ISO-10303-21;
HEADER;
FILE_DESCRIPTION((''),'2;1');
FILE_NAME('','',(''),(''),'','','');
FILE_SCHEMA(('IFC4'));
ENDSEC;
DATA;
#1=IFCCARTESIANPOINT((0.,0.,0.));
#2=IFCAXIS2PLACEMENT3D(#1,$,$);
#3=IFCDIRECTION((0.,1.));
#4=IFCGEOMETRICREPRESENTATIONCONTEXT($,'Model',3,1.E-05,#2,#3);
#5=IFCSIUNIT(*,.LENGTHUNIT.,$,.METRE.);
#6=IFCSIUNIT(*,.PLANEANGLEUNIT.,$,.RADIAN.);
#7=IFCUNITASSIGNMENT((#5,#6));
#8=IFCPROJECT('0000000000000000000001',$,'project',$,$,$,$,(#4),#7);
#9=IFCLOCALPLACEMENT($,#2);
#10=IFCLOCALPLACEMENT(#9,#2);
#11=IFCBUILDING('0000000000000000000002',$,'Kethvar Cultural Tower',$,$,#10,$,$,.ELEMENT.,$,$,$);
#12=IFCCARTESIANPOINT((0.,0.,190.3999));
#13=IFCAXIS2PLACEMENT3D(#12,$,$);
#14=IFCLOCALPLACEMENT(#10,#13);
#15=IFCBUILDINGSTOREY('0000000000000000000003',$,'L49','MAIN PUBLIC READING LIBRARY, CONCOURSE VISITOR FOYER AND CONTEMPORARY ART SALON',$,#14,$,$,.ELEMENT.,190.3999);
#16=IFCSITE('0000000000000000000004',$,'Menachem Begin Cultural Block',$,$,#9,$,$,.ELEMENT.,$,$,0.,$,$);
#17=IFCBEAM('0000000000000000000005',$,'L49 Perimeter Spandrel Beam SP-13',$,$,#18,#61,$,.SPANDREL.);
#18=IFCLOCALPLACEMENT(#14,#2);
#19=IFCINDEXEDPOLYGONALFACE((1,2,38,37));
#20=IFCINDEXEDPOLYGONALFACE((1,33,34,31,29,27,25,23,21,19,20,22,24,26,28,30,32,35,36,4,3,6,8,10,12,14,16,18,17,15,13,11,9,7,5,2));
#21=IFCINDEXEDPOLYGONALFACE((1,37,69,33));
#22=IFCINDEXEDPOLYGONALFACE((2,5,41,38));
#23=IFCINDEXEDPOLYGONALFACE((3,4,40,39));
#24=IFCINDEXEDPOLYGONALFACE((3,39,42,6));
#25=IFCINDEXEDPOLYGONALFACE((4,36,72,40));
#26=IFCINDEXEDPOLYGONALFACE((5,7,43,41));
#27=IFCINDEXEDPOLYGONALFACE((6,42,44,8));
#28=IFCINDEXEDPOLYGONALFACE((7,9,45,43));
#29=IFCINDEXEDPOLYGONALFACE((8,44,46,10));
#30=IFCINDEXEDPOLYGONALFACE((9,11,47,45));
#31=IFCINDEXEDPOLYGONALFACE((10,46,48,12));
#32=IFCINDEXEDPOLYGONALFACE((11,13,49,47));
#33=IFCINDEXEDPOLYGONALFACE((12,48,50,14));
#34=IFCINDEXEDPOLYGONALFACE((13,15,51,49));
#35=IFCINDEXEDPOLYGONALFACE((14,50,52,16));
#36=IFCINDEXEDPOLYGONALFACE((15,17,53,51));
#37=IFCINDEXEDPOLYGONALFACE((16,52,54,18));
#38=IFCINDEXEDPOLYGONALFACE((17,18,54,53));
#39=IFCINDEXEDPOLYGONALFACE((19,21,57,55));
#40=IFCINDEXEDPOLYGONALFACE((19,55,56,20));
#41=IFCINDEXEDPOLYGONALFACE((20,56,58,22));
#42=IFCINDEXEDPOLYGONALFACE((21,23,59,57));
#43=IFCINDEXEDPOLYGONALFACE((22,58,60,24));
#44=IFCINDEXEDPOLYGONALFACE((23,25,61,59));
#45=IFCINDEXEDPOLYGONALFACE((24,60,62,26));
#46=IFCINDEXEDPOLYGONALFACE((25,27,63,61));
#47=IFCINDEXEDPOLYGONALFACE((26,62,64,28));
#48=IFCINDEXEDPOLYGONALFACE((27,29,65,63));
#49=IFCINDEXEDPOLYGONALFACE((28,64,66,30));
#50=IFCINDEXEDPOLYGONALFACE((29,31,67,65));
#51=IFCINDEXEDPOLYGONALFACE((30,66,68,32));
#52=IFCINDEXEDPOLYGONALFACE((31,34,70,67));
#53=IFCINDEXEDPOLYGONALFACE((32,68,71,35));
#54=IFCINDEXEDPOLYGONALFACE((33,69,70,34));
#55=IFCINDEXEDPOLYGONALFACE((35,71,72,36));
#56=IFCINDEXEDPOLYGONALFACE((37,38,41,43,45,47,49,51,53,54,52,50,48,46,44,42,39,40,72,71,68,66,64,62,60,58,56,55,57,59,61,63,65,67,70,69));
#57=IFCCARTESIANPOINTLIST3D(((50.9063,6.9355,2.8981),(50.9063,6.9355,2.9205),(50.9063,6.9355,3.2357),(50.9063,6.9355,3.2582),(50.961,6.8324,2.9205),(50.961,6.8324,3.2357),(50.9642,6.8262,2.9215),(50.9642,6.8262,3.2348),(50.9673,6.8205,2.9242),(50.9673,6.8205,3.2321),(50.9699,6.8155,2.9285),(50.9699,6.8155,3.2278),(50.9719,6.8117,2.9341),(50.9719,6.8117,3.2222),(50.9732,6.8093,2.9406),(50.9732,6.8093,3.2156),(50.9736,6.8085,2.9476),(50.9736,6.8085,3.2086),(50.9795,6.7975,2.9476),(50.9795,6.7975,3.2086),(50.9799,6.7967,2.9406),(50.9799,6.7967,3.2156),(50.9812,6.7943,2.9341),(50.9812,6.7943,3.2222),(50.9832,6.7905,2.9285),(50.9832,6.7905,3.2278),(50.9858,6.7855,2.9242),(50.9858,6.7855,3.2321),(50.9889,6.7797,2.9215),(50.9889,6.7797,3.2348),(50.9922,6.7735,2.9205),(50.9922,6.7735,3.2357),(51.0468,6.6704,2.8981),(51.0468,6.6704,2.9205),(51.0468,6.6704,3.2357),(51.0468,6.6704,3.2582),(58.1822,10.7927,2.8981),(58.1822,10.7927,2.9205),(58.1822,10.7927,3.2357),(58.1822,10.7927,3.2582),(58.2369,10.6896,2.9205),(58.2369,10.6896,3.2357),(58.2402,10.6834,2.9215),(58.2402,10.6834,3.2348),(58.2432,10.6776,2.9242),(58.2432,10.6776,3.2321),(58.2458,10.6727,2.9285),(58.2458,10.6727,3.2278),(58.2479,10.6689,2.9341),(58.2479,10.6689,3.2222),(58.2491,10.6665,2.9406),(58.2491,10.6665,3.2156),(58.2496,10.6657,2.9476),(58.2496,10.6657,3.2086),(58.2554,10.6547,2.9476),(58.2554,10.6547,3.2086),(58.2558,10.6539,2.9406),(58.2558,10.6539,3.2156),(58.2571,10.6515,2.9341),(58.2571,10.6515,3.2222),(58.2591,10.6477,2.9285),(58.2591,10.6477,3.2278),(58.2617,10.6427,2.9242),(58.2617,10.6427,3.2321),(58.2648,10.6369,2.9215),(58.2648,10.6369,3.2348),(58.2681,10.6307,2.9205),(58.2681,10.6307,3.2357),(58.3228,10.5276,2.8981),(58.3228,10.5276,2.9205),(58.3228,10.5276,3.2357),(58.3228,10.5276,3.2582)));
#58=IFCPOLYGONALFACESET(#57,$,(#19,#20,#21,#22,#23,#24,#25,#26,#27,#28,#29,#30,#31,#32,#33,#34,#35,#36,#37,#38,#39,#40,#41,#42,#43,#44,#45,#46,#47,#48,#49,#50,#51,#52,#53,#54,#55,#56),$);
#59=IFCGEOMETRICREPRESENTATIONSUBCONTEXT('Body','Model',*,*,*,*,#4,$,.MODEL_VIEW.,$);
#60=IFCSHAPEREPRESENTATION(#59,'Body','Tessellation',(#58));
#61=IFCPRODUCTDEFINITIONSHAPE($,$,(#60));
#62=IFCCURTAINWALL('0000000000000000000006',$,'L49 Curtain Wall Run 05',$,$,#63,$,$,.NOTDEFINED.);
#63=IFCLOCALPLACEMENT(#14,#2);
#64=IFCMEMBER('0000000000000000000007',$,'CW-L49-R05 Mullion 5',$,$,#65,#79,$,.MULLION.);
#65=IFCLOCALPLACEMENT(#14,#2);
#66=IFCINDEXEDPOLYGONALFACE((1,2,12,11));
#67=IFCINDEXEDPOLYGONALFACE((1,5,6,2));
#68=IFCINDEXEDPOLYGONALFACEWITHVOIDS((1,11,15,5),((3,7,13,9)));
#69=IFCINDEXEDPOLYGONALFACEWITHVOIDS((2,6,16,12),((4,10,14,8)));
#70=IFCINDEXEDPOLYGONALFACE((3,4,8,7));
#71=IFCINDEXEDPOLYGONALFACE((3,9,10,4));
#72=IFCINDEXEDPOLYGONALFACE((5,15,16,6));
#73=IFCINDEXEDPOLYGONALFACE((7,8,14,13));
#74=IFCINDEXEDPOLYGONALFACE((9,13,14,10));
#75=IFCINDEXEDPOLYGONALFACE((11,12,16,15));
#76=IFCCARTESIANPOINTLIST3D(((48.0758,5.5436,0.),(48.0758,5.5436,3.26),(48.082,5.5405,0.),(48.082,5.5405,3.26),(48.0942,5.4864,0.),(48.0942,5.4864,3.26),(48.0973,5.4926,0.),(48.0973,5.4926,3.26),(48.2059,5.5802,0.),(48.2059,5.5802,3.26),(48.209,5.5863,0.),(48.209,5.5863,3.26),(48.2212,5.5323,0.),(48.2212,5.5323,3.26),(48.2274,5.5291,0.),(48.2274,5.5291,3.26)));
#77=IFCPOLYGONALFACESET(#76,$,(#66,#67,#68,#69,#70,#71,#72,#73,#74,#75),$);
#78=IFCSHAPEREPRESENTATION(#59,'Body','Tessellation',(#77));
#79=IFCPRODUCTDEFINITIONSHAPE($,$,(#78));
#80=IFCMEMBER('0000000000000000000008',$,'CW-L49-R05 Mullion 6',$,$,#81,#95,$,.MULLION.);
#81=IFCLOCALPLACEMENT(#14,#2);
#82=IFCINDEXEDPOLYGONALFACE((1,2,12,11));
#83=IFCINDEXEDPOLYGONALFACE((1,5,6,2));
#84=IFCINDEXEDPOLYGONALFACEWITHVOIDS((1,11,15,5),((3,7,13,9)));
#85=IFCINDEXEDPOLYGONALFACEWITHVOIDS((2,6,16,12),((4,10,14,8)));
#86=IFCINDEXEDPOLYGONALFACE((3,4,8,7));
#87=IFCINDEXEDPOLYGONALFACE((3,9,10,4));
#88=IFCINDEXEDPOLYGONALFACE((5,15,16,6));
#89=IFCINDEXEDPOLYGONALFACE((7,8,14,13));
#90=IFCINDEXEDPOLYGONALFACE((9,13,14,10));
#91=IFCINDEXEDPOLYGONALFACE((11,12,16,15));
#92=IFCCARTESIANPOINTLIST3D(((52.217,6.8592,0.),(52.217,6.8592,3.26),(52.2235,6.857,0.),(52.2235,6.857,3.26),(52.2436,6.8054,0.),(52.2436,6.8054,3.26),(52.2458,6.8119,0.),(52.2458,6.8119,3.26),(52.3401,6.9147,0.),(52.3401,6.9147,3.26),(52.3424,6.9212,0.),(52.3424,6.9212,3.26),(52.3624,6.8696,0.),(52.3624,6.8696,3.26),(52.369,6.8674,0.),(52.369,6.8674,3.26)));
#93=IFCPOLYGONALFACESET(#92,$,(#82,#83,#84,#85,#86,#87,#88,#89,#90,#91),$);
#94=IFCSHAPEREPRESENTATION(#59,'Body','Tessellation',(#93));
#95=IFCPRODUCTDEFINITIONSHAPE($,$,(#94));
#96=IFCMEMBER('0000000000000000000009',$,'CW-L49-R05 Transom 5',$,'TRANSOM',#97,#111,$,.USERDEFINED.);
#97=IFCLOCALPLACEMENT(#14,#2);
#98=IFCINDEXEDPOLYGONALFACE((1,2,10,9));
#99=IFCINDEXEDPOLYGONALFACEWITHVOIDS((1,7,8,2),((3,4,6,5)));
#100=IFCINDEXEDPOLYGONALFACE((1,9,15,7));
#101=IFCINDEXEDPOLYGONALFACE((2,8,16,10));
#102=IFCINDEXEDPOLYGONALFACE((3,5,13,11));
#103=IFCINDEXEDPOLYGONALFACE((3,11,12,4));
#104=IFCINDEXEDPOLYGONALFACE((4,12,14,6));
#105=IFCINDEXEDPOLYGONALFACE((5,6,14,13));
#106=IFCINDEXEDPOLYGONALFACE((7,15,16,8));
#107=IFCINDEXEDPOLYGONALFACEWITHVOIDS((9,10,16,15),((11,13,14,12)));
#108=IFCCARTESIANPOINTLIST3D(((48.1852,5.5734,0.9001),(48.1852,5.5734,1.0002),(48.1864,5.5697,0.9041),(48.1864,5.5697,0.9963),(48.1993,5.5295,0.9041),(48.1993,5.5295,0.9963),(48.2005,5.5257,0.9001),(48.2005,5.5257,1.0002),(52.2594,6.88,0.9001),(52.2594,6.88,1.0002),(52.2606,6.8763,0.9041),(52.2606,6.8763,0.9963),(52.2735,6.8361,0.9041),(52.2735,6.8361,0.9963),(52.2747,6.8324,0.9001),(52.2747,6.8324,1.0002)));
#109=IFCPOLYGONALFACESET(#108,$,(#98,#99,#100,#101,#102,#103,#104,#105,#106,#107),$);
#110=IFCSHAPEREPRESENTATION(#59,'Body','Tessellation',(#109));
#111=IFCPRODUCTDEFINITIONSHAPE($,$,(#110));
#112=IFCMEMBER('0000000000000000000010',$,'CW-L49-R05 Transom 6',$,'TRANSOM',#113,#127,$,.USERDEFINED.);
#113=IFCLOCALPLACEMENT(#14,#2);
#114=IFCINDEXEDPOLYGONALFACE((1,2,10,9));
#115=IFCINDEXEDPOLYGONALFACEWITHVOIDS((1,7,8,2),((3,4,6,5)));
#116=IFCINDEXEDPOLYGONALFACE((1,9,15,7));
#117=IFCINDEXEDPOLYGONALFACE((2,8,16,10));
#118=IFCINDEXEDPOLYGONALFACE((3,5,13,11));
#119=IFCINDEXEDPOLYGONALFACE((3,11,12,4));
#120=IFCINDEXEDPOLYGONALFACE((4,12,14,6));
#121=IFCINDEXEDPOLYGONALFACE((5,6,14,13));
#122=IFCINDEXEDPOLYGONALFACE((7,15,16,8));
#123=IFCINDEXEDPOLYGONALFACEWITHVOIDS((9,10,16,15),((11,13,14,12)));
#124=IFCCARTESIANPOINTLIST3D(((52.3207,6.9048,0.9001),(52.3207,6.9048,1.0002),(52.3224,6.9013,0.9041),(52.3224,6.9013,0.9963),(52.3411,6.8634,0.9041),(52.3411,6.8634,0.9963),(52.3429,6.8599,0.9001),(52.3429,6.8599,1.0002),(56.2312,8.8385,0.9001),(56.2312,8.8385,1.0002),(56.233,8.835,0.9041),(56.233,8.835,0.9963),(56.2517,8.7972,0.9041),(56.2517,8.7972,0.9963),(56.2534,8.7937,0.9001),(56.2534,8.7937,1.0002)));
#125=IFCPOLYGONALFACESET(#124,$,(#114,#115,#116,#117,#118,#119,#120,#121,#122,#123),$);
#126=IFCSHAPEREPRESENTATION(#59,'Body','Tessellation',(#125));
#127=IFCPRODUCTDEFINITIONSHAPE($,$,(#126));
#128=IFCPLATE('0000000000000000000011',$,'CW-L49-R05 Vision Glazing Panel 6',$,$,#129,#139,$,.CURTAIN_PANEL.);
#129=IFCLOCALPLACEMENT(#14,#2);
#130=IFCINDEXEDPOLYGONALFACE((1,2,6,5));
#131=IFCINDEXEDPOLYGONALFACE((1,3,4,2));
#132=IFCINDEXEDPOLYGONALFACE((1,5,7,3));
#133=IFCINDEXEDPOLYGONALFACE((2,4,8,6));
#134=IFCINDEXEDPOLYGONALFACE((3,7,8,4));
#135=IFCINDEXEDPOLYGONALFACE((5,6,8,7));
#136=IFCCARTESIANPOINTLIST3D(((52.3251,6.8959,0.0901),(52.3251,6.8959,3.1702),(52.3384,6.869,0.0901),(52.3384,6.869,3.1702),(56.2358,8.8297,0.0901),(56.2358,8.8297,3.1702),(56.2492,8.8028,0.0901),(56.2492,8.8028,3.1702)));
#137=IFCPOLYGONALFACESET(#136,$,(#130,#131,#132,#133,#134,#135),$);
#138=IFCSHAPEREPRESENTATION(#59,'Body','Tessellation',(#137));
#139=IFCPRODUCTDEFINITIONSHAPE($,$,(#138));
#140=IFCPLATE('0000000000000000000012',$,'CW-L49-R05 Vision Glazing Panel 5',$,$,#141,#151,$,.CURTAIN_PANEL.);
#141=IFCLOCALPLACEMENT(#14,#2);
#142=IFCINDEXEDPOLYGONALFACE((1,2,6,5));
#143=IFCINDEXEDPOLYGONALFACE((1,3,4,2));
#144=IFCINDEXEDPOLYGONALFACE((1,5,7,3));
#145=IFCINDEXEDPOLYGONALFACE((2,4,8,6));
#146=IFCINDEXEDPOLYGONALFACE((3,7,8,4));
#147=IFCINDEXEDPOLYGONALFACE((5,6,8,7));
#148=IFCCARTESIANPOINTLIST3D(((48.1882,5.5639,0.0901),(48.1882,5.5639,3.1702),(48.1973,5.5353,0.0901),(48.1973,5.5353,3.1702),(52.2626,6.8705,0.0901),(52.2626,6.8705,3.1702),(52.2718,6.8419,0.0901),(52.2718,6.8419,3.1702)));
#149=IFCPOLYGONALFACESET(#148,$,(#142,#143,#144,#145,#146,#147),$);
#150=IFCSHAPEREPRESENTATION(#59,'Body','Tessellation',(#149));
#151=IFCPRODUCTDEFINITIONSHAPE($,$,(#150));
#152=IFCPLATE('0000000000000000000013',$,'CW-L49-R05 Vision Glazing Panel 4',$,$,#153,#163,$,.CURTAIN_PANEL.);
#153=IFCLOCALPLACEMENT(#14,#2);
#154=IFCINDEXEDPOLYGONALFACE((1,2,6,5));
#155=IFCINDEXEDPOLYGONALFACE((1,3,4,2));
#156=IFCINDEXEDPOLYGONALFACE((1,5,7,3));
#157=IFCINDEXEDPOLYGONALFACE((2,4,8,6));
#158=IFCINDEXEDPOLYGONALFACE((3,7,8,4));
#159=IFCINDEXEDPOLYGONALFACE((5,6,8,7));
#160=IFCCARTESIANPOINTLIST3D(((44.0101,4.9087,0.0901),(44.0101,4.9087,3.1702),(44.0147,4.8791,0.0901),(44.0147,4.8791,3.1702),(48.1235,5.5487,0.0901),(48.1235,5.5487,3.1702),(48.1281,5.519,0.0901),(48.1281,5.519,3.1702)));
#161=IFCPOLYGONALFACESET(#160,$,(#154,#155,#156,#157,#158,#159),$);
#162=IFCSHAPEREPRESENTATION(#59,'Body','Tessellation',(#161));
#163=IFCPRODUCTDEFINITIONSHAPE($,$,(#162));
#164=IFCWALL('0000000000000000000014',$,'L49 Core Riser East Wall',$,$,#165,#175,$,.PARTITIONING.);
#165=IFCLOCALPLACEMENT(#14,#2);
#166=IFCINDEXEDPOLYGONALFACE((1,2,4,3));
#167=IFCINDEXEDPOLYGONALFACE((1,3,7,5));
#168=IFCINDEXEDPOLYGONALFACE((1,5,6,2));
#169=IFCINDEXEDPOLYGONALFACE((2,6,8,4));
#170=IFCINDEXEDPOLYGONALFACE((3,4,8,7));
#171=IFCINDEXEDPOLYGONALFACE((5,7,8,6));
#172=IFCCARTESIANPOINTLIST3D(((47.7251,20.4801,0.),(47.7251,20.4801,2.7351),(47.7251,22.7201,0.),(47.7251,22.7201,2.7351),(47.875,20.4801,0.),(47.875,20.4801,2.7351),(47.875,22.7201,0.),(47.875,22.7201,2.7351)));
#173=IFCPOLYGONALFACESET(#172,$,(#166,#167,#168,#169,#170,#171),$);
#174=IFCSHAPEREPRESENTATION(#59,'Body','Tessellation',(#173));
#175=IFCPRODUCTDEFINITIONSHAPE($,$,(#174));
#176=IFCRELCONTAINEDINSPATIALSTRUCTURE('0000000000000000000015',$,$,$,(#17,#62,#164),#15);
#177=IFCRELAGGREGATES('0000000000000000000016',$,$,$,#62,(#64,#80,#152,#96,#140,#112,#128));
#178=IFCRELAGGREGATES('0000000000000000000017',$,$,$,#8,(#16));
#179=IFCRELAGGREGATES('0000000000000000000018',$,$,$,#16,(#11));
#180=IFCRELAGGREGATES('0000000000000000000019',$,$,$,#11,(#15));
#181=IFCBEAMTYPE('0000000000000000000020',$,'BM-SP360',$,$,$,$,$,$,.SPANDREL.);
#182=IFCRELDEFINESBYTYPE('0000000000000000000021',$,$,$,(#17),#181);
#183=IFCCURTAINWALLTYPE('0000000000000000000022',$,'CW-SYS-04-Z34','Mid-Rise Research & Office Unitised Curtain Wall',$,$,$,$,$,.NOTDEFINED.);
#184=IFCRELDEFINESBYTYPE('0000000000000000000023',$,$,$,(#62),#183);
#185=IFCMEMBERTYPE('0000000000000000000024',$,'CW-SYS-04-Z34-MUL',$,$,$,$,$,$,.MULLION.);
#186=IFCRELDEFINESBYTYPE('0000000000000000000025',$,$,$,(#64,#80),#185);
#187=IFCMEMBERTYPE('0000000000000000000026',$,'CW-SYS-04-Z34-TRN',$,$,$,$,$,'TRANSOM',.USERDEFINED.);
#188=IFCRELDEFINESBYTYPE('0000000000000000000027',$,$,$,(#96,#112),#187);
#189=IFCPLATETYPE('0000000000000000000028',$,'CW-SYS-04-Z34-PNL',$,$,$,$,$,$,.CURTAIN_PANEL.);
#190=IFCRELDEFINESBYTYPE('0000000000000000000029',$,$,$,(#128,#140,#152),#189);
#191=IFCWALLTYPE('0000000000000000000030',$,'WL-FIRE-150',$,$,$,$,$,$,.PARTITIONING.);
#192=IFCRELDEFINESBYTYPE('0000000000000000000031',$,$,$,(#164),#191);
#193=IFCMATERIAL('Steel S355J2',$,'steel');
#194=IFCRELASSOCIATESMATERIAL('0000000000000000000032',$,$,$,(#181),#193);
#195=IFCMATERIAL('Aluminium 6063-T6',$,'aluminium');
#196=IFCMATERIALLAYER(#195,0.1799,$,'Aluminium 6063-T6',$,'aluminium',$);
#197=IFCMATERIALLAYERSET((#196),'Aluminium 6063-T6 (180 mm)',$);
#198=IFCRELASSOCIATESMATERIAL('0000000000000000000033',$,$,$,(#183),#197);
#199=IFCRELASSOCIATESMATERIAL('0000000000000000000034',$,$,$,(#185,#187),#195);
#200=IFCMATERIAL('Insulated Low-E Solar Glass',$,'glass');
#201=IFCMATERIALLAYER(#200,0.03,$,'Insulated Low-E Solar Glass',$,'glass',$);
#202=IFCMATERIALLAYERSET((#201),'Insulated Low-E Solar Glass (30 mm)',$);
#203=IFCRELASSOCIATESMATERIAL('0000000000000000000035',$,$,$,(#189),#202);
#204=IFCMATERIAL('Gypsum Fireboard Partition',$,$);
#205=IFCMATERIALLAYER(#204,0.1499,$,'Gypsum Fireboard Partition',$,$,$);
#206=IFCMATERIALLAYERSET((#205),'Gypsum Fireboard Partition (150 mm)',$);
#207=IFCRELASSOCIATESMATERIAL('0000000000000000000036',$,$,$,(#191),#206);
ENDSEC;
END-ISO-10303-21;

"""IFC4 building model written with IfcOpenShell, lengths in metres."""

from ifc_helpers import new_model, si_unit, direction, frame, frame_2d, origin, origin_2d, place, context, subcontext, project, spatial, rectangle, hollow_rectangle, i_section, extrude, source, transform, mapped, material, layer, layer_set, material_profile, profile_set, type_object, element, aggregate, save


model = new_model("IFC4")

# Units and contexts
model_context = context("Model", 3, precision=1e-05, world=origin(), true_north=direction((0.0, 1.0)))
body_context = subcontext(model_context, "Body", "Model", "MODEL_VIEW")
ifc_project = project(units=[si_unit("LENGTHUNIT", "METRE"), si_unit("PLANEANGLEUNIT", "RADIAN")], contexts=[model_context])

# Site, building, storey
site_placement = place(None, origin())
site = spatial("IfcSite", under=ifc_project, at=site_placement, Name="Menachem Begin Cultural Block", CompositionType="ELEMENT", RefElevation=0.0)
building_placement = place(site_placement, origin())
building = spatial("IfcBuilding", under=site, at=building_placement, Name="Kethvar Cultural Tower", CompositionType="ELEMENT")
storey_placement = place(building_placement, frame((0.0, 0.0, 190.3999)))
storey = spatial("IfcBuildingStorey", under=building, at=storey_placement, Name="L49", Description="MAIN PUBLIC READING LIBRARY, CONCOURSE VISITOR FOYER AND CONTEMPORARY ART SALON", CompositionType="ELEMENT", Elevation=190.3999)

# Beam
ifc_material_1 = material(Name="Steel S355J2", Category="steel")
ifc_material_profile_1 = material_profile(ifc_material_1, i_section(OverallWidth=0.3, OverallDepth=0.3601, WebThickness=0.0125, FlangeThickness=0.0225, FilletRadius=0.0271, at=origin_2d()), Name="Steel S355J2 — HEB360")
ifc_profile_set_1 = profile_set([ifc_material_profile_1], Name="Steel S355J2 — HEB360")
beam_type_1 = type_object("IfcBeamType", Name="BM-SP360", PredefinedType="SPANDREL", material=ifc_profile_set_1)
shared_shape_1 = source(origin(), body_context, "Body", "SweptSolid", [
    extrude(i_section(OverallWidth=0.3, OverallDepth=0.3601, WebThickness=0.0125, FlangeThickness=0.0225, FilletRadius=0.0271, at=origin_2d()), origin(), (0.0, 0.0, 1.0), 8.2351),
])
beam_1_placement = place(storey_placement, frame((50.9766, 6.803, 3.0781), z_axis=(0.883525, 0.468385, 0.0), x_axis=(-0.468385, 0.883525, 0.0)))
element("IfcBeam", 1, at=beam_1_placement, inside=storey, type_object=beam_type_1, Name="L49 Perimeter Spandrel Beam SP-13", PredefinedType="SPANDREL", context=body_context, shape_type="MappedRepresentation", body=[
    mapped(shared_shape_1, transform((0.0, 0.0, 0.0), scale=1.0)),
])

# Curtain wall, members, plates
ifc_material_2 = material(Name="Aluminium 6063-T6", Category="aluminium")
ifc_layer_1 = layer(ifc_material_2, 0.1799, Name="Aluminium 6063-T6", Category="aluminium")
ifc_layer_set_1 = layer_set([ifc_layer_1], Name="Aluminium 6063-T6 (180 mm)")
curtain_wall_type = type_object("IfcCurtainWallType", Name="CW-SYS-04-Z34", Description="Mid-Rise Research & Office Unitised Curtain Wall", PredefinedType="NOTDEFINED", material=ifc_layer_set_1)
curtain_wall_placement = place(storey_placement, origin())
curtain_wall = element("IfcCurtainWall", 2, at=curtain_wall_placement, inside=storey, type_object=curtain_wall_type, Name="L49 Curtain Wall Run 05", PredefinedType="NOTDEFINED")
ifc_material_profile_2 = material_profile(ifc_material_2, hollow_rectangle(XDim=0.0601, YDim=0.1399, WallThickness=0.0049, at=origin_2d()), Name="Aluminium 6063-T6 — RHS140x60x5")
ifc_profile_set_2 = profile_set([ifc_material_profile_2], Name="Aluminium 6063-T6 — RHS140x60x5")
member_type_1 = type_object("IfcMemberType", Name="CW-SYS-04-Z34-MUL", PredefinedType="MULLION", material=ifc_profile_set_2)
shared_shape_2 = source(origin(), body_context, "Body", "SweptSolid", [
    extrude(hollow_rectangle(XDim=0.0601, YDim=0.1399, WallThickness=0.0049, at=origin_2d()), origin(), (0.0, 0.0, 1.0), 3.26),
])
member_1_placement = place(storey_placement, frame((48.1516, 5.5364, 0.0), z_axis=(0.0, 0.0, 1.0), x_axis=(-0.305363, 0.952236, 0.0)))
member_1 = element("IfcMember", 3, at=member_1_placement, type_object=member_type_1, Name="CW-L49-R05 Mullion 5", PredefinedType="MULLION", context=body_context, shape_type="MappedRepresentation", body=[
    mapped(shared_shape_2, transform((0.0, 0.0, 0.0), scale=1.0)),
])
member_2_placement = place(storey_placement, frame((52.293, 6.8633, 0.0), z_axis=(0.0, 0.0, 1.0), x_axis=(-0.443259, 0.896394, 0.0)))
member_2 = element("IfcMember", 4, at=member_2_placement, type_object=member_type_1, Name="CW-L49-R05 Mullion 6", PredefinedType="MULLION", context=body_context, shape_type="MappedRepresentation", body=[
    mapped(shared_shape_2, transform((0.0, 0.0, 0.0), scale=1.0)),
])
ifc_material_profile_3 = material_profile(ifc_material_2, hollow_rectangle(XDim=0.05, YDim=0.1001, WallThickness=0.0039, at=origin_2d()), Name="Aluminium 6063-T6 — RHS100x50x4")
ifc_profile_set_3 = profile_set([ifc_material_profile_3], Name="Aluminium 6063-T6 — RHS100x50x4")
member_type_2 = type_object("IfcMemberType", Name="CW-SYS-04-Z34-TRN", ElementType="TRANSOM", PredefinedType="USERDEFINED", material=ifc_profile_set_3)
shared_shape_3 = source(origin(), body_context, "Body", "SweptSolid", [
    extrude(hollow_rectangle(XDim=0.05, YDim=0.1001, WallThickness=0.0039, at=origin_2d()), origin(), (0.0, 0.0, 1.0), 4.2786),
])
member_3_placement = place(storey_placement, frame((48.1929, 5.5496, 0.9502), z_axis=(0.952228, 0.305389, 0.0), x_axis=(-0.305389, 0.952228, 0.0)))
member_3 = element("IfcMember", 5, at=member_3_placement, type_object=member_type_2, Name="CW-L49-R05 Transom 5", ObjectType="TRANSOM", PredefinedType="USERDEFINED", context=body_context, shape_type="MappedRepresentation", body=[
    mapped(shared_shape_3, transform((0.0, 0.0, 0.0), scale=1.0)),
])
shared_shape_4 = source(origin(), body_context, "Body", "SweptSolid", [
    extrude(hollow_rectangle(XDim=0.05, YDim=0.1001, WallThickness=0.0039, at=origin_2d()), origin(), (0.0, 0.0, 1.0), 4.3625),
])
member_4_placement = place(storey_placement, frame((52.3318, 6.8823, 0.9502), z_axis=(0.896388, 0.44327, 0.0), x_axis=(-0.44327, 0.896388, 0.0)))
member_4 = element("IfcMember", 6, at=member_4_placement, type_object=member_type_2, Name="CW-L49-R05 Transom 6", ObjectType="TRANSOM", PredefinedType="USERDEFINED", context=body_context, shape_type="MappedRepresentation", body=[
    mapped(shared_shape_4, transform((0.0, 0.0, 0.0), scale=1.0)),
])
ifc_material_3 = material(Name="Insulated Low-E Solar Glass", Category="glass")
ifc_layer_2 = layer(ifc_material_3, 0.03, Name="Insulated Low-E Solar Glass", Category="glass")
ifc_layer_set_2 = layer_set([ifc_layer_2], Name="Insulated Low-E Solar Glass (30 mm)")
plate_type = type_object("IfcPlateType", Name="CW-SYS-04-Z34-PNL", PredefinedType="CURTAIN_PANEL", material=ifc_layer_set_2)
shared_shape_5 = source(origin(), body_context, "Body", "SweptSolid", [
    extrude(rectangle(XDim=4.3628, YDim=0.03, at=origin_2d()), origin(), (0.0, 0.0, 1.0), 3.0801),
])
plate_1_placement = place(storey_placement, frame((54.2871, 7.8494, 0.0901), z_axis=(0.0, 0.0, 1.0), x_axis=(0.896394, 0.443259, 0.0)))
plate_1 = element("IfcPlate", 7, at=plate_1_placement, type_object=plate_type, Name="CW-L49-R05 Vision Glazing Panel 6", PredefinedType="CURTAIN_PANEL", context=body_context, shape_type="MappedRepresentation", body=[
    mapped(shared_shape_5, transform((0.0, 0.0, 0.0), scale=1.0)),
])
shared_shape_6 = source(origin(), body_context, "Body", "SweptSolid", [
    extrude(rectangle(XDim=4.2788, YDim=0.03, at=origin_2d()), origin(), (0.0, 0.0, 1.0), 3.0801),
])
plate_2_placement = place(storey_placement, frame((50.23, 6.2029, 0.0901), z_axis=(0.0, 0.0, 1.0), x_axis=(0.952236, 0.305363, 0.0)))
plate_2 = element("IfcPlate", 8, at=plate_2_placement, type_object=plate_type, Name="CW-L49-R05 Vision Glazing Panel 5", PredefinedType="CURTAIN_PANEL", context=body_context, shape_type="MappedRepresentation", body=[
    mapped(shared_shape_6, transform((0.0, 0.0, 0.0), scale=1.0)),
])
shared_shape_7 = source(origin(), body_context, "Body", "SweptSolid", [
    extrude(rectangle(XDim=4.1628, YDim=0.03, at=origin_2d()), origin(), (0.0, 0.0, 1.0), 3.0801),
])
plate_3_placement = place(storey_placement, frame((46.0691, 5.2139, 0.0901), z_axis=(0.0, 0.0, 1.0), x_axis=(0.988113, 0.153727, 0.0)))
plate_3 = element("IfcPlate", 9, at=plate_3_placement, type_object=plate_type, Name="CW-L49-R05 Vision Glazing Panel 4", PredefinedType="CURTAIN_PANEL", context=body_context, shape_type="MappedRepresentation", body=[
    mapped(shared_shape_7, transform((0.0, 0.0, 0.0), scale=1.0)),
])
aggregate(curtain_wall, [member_1, member_2, plate_3, member_3, plate_2, member_4, plate_1])

# Wall
ifc_material_4 = material(Name="Gypsum Fireboard Partition")
ifc_layer_3 = layer(ifc_material_4, 0.1499, Name="Gypsum Fireboard Partition")
ifc_layer_set_3 = layer_set([ifc_layer_3], Name="Gypsum Fireboard Partition (150 mm)")
wall_type_1 = type_object("IfcWallType", Name="WL-FIRE-150", PredefinedType="PARTITIONING", material=ifc_layer_set_3)
wall_1_placement = place(storey_placement, frame((47.8, 20.48, 0.0), z_axis=(0.0, 0.0, 1.0), x_axis=(0.0, 1.0, 0.0)))
element("IfcWall", 10, at=wall_1_placement, inside=storey, type_object=wall_type_1, Name="L49 Core Riser East Wall", PredefinedType="PARTITIONING", context=body_context, shape_type="SweptSolid", body=[
    extrude(rectangle(XDim=2.24, YDim=0.1499, at=frame_2d((1.1201, 0.0))), origin(), (0.0, 0.0, 1.0), 2.7351),
])

save(model, "model.ifc")
